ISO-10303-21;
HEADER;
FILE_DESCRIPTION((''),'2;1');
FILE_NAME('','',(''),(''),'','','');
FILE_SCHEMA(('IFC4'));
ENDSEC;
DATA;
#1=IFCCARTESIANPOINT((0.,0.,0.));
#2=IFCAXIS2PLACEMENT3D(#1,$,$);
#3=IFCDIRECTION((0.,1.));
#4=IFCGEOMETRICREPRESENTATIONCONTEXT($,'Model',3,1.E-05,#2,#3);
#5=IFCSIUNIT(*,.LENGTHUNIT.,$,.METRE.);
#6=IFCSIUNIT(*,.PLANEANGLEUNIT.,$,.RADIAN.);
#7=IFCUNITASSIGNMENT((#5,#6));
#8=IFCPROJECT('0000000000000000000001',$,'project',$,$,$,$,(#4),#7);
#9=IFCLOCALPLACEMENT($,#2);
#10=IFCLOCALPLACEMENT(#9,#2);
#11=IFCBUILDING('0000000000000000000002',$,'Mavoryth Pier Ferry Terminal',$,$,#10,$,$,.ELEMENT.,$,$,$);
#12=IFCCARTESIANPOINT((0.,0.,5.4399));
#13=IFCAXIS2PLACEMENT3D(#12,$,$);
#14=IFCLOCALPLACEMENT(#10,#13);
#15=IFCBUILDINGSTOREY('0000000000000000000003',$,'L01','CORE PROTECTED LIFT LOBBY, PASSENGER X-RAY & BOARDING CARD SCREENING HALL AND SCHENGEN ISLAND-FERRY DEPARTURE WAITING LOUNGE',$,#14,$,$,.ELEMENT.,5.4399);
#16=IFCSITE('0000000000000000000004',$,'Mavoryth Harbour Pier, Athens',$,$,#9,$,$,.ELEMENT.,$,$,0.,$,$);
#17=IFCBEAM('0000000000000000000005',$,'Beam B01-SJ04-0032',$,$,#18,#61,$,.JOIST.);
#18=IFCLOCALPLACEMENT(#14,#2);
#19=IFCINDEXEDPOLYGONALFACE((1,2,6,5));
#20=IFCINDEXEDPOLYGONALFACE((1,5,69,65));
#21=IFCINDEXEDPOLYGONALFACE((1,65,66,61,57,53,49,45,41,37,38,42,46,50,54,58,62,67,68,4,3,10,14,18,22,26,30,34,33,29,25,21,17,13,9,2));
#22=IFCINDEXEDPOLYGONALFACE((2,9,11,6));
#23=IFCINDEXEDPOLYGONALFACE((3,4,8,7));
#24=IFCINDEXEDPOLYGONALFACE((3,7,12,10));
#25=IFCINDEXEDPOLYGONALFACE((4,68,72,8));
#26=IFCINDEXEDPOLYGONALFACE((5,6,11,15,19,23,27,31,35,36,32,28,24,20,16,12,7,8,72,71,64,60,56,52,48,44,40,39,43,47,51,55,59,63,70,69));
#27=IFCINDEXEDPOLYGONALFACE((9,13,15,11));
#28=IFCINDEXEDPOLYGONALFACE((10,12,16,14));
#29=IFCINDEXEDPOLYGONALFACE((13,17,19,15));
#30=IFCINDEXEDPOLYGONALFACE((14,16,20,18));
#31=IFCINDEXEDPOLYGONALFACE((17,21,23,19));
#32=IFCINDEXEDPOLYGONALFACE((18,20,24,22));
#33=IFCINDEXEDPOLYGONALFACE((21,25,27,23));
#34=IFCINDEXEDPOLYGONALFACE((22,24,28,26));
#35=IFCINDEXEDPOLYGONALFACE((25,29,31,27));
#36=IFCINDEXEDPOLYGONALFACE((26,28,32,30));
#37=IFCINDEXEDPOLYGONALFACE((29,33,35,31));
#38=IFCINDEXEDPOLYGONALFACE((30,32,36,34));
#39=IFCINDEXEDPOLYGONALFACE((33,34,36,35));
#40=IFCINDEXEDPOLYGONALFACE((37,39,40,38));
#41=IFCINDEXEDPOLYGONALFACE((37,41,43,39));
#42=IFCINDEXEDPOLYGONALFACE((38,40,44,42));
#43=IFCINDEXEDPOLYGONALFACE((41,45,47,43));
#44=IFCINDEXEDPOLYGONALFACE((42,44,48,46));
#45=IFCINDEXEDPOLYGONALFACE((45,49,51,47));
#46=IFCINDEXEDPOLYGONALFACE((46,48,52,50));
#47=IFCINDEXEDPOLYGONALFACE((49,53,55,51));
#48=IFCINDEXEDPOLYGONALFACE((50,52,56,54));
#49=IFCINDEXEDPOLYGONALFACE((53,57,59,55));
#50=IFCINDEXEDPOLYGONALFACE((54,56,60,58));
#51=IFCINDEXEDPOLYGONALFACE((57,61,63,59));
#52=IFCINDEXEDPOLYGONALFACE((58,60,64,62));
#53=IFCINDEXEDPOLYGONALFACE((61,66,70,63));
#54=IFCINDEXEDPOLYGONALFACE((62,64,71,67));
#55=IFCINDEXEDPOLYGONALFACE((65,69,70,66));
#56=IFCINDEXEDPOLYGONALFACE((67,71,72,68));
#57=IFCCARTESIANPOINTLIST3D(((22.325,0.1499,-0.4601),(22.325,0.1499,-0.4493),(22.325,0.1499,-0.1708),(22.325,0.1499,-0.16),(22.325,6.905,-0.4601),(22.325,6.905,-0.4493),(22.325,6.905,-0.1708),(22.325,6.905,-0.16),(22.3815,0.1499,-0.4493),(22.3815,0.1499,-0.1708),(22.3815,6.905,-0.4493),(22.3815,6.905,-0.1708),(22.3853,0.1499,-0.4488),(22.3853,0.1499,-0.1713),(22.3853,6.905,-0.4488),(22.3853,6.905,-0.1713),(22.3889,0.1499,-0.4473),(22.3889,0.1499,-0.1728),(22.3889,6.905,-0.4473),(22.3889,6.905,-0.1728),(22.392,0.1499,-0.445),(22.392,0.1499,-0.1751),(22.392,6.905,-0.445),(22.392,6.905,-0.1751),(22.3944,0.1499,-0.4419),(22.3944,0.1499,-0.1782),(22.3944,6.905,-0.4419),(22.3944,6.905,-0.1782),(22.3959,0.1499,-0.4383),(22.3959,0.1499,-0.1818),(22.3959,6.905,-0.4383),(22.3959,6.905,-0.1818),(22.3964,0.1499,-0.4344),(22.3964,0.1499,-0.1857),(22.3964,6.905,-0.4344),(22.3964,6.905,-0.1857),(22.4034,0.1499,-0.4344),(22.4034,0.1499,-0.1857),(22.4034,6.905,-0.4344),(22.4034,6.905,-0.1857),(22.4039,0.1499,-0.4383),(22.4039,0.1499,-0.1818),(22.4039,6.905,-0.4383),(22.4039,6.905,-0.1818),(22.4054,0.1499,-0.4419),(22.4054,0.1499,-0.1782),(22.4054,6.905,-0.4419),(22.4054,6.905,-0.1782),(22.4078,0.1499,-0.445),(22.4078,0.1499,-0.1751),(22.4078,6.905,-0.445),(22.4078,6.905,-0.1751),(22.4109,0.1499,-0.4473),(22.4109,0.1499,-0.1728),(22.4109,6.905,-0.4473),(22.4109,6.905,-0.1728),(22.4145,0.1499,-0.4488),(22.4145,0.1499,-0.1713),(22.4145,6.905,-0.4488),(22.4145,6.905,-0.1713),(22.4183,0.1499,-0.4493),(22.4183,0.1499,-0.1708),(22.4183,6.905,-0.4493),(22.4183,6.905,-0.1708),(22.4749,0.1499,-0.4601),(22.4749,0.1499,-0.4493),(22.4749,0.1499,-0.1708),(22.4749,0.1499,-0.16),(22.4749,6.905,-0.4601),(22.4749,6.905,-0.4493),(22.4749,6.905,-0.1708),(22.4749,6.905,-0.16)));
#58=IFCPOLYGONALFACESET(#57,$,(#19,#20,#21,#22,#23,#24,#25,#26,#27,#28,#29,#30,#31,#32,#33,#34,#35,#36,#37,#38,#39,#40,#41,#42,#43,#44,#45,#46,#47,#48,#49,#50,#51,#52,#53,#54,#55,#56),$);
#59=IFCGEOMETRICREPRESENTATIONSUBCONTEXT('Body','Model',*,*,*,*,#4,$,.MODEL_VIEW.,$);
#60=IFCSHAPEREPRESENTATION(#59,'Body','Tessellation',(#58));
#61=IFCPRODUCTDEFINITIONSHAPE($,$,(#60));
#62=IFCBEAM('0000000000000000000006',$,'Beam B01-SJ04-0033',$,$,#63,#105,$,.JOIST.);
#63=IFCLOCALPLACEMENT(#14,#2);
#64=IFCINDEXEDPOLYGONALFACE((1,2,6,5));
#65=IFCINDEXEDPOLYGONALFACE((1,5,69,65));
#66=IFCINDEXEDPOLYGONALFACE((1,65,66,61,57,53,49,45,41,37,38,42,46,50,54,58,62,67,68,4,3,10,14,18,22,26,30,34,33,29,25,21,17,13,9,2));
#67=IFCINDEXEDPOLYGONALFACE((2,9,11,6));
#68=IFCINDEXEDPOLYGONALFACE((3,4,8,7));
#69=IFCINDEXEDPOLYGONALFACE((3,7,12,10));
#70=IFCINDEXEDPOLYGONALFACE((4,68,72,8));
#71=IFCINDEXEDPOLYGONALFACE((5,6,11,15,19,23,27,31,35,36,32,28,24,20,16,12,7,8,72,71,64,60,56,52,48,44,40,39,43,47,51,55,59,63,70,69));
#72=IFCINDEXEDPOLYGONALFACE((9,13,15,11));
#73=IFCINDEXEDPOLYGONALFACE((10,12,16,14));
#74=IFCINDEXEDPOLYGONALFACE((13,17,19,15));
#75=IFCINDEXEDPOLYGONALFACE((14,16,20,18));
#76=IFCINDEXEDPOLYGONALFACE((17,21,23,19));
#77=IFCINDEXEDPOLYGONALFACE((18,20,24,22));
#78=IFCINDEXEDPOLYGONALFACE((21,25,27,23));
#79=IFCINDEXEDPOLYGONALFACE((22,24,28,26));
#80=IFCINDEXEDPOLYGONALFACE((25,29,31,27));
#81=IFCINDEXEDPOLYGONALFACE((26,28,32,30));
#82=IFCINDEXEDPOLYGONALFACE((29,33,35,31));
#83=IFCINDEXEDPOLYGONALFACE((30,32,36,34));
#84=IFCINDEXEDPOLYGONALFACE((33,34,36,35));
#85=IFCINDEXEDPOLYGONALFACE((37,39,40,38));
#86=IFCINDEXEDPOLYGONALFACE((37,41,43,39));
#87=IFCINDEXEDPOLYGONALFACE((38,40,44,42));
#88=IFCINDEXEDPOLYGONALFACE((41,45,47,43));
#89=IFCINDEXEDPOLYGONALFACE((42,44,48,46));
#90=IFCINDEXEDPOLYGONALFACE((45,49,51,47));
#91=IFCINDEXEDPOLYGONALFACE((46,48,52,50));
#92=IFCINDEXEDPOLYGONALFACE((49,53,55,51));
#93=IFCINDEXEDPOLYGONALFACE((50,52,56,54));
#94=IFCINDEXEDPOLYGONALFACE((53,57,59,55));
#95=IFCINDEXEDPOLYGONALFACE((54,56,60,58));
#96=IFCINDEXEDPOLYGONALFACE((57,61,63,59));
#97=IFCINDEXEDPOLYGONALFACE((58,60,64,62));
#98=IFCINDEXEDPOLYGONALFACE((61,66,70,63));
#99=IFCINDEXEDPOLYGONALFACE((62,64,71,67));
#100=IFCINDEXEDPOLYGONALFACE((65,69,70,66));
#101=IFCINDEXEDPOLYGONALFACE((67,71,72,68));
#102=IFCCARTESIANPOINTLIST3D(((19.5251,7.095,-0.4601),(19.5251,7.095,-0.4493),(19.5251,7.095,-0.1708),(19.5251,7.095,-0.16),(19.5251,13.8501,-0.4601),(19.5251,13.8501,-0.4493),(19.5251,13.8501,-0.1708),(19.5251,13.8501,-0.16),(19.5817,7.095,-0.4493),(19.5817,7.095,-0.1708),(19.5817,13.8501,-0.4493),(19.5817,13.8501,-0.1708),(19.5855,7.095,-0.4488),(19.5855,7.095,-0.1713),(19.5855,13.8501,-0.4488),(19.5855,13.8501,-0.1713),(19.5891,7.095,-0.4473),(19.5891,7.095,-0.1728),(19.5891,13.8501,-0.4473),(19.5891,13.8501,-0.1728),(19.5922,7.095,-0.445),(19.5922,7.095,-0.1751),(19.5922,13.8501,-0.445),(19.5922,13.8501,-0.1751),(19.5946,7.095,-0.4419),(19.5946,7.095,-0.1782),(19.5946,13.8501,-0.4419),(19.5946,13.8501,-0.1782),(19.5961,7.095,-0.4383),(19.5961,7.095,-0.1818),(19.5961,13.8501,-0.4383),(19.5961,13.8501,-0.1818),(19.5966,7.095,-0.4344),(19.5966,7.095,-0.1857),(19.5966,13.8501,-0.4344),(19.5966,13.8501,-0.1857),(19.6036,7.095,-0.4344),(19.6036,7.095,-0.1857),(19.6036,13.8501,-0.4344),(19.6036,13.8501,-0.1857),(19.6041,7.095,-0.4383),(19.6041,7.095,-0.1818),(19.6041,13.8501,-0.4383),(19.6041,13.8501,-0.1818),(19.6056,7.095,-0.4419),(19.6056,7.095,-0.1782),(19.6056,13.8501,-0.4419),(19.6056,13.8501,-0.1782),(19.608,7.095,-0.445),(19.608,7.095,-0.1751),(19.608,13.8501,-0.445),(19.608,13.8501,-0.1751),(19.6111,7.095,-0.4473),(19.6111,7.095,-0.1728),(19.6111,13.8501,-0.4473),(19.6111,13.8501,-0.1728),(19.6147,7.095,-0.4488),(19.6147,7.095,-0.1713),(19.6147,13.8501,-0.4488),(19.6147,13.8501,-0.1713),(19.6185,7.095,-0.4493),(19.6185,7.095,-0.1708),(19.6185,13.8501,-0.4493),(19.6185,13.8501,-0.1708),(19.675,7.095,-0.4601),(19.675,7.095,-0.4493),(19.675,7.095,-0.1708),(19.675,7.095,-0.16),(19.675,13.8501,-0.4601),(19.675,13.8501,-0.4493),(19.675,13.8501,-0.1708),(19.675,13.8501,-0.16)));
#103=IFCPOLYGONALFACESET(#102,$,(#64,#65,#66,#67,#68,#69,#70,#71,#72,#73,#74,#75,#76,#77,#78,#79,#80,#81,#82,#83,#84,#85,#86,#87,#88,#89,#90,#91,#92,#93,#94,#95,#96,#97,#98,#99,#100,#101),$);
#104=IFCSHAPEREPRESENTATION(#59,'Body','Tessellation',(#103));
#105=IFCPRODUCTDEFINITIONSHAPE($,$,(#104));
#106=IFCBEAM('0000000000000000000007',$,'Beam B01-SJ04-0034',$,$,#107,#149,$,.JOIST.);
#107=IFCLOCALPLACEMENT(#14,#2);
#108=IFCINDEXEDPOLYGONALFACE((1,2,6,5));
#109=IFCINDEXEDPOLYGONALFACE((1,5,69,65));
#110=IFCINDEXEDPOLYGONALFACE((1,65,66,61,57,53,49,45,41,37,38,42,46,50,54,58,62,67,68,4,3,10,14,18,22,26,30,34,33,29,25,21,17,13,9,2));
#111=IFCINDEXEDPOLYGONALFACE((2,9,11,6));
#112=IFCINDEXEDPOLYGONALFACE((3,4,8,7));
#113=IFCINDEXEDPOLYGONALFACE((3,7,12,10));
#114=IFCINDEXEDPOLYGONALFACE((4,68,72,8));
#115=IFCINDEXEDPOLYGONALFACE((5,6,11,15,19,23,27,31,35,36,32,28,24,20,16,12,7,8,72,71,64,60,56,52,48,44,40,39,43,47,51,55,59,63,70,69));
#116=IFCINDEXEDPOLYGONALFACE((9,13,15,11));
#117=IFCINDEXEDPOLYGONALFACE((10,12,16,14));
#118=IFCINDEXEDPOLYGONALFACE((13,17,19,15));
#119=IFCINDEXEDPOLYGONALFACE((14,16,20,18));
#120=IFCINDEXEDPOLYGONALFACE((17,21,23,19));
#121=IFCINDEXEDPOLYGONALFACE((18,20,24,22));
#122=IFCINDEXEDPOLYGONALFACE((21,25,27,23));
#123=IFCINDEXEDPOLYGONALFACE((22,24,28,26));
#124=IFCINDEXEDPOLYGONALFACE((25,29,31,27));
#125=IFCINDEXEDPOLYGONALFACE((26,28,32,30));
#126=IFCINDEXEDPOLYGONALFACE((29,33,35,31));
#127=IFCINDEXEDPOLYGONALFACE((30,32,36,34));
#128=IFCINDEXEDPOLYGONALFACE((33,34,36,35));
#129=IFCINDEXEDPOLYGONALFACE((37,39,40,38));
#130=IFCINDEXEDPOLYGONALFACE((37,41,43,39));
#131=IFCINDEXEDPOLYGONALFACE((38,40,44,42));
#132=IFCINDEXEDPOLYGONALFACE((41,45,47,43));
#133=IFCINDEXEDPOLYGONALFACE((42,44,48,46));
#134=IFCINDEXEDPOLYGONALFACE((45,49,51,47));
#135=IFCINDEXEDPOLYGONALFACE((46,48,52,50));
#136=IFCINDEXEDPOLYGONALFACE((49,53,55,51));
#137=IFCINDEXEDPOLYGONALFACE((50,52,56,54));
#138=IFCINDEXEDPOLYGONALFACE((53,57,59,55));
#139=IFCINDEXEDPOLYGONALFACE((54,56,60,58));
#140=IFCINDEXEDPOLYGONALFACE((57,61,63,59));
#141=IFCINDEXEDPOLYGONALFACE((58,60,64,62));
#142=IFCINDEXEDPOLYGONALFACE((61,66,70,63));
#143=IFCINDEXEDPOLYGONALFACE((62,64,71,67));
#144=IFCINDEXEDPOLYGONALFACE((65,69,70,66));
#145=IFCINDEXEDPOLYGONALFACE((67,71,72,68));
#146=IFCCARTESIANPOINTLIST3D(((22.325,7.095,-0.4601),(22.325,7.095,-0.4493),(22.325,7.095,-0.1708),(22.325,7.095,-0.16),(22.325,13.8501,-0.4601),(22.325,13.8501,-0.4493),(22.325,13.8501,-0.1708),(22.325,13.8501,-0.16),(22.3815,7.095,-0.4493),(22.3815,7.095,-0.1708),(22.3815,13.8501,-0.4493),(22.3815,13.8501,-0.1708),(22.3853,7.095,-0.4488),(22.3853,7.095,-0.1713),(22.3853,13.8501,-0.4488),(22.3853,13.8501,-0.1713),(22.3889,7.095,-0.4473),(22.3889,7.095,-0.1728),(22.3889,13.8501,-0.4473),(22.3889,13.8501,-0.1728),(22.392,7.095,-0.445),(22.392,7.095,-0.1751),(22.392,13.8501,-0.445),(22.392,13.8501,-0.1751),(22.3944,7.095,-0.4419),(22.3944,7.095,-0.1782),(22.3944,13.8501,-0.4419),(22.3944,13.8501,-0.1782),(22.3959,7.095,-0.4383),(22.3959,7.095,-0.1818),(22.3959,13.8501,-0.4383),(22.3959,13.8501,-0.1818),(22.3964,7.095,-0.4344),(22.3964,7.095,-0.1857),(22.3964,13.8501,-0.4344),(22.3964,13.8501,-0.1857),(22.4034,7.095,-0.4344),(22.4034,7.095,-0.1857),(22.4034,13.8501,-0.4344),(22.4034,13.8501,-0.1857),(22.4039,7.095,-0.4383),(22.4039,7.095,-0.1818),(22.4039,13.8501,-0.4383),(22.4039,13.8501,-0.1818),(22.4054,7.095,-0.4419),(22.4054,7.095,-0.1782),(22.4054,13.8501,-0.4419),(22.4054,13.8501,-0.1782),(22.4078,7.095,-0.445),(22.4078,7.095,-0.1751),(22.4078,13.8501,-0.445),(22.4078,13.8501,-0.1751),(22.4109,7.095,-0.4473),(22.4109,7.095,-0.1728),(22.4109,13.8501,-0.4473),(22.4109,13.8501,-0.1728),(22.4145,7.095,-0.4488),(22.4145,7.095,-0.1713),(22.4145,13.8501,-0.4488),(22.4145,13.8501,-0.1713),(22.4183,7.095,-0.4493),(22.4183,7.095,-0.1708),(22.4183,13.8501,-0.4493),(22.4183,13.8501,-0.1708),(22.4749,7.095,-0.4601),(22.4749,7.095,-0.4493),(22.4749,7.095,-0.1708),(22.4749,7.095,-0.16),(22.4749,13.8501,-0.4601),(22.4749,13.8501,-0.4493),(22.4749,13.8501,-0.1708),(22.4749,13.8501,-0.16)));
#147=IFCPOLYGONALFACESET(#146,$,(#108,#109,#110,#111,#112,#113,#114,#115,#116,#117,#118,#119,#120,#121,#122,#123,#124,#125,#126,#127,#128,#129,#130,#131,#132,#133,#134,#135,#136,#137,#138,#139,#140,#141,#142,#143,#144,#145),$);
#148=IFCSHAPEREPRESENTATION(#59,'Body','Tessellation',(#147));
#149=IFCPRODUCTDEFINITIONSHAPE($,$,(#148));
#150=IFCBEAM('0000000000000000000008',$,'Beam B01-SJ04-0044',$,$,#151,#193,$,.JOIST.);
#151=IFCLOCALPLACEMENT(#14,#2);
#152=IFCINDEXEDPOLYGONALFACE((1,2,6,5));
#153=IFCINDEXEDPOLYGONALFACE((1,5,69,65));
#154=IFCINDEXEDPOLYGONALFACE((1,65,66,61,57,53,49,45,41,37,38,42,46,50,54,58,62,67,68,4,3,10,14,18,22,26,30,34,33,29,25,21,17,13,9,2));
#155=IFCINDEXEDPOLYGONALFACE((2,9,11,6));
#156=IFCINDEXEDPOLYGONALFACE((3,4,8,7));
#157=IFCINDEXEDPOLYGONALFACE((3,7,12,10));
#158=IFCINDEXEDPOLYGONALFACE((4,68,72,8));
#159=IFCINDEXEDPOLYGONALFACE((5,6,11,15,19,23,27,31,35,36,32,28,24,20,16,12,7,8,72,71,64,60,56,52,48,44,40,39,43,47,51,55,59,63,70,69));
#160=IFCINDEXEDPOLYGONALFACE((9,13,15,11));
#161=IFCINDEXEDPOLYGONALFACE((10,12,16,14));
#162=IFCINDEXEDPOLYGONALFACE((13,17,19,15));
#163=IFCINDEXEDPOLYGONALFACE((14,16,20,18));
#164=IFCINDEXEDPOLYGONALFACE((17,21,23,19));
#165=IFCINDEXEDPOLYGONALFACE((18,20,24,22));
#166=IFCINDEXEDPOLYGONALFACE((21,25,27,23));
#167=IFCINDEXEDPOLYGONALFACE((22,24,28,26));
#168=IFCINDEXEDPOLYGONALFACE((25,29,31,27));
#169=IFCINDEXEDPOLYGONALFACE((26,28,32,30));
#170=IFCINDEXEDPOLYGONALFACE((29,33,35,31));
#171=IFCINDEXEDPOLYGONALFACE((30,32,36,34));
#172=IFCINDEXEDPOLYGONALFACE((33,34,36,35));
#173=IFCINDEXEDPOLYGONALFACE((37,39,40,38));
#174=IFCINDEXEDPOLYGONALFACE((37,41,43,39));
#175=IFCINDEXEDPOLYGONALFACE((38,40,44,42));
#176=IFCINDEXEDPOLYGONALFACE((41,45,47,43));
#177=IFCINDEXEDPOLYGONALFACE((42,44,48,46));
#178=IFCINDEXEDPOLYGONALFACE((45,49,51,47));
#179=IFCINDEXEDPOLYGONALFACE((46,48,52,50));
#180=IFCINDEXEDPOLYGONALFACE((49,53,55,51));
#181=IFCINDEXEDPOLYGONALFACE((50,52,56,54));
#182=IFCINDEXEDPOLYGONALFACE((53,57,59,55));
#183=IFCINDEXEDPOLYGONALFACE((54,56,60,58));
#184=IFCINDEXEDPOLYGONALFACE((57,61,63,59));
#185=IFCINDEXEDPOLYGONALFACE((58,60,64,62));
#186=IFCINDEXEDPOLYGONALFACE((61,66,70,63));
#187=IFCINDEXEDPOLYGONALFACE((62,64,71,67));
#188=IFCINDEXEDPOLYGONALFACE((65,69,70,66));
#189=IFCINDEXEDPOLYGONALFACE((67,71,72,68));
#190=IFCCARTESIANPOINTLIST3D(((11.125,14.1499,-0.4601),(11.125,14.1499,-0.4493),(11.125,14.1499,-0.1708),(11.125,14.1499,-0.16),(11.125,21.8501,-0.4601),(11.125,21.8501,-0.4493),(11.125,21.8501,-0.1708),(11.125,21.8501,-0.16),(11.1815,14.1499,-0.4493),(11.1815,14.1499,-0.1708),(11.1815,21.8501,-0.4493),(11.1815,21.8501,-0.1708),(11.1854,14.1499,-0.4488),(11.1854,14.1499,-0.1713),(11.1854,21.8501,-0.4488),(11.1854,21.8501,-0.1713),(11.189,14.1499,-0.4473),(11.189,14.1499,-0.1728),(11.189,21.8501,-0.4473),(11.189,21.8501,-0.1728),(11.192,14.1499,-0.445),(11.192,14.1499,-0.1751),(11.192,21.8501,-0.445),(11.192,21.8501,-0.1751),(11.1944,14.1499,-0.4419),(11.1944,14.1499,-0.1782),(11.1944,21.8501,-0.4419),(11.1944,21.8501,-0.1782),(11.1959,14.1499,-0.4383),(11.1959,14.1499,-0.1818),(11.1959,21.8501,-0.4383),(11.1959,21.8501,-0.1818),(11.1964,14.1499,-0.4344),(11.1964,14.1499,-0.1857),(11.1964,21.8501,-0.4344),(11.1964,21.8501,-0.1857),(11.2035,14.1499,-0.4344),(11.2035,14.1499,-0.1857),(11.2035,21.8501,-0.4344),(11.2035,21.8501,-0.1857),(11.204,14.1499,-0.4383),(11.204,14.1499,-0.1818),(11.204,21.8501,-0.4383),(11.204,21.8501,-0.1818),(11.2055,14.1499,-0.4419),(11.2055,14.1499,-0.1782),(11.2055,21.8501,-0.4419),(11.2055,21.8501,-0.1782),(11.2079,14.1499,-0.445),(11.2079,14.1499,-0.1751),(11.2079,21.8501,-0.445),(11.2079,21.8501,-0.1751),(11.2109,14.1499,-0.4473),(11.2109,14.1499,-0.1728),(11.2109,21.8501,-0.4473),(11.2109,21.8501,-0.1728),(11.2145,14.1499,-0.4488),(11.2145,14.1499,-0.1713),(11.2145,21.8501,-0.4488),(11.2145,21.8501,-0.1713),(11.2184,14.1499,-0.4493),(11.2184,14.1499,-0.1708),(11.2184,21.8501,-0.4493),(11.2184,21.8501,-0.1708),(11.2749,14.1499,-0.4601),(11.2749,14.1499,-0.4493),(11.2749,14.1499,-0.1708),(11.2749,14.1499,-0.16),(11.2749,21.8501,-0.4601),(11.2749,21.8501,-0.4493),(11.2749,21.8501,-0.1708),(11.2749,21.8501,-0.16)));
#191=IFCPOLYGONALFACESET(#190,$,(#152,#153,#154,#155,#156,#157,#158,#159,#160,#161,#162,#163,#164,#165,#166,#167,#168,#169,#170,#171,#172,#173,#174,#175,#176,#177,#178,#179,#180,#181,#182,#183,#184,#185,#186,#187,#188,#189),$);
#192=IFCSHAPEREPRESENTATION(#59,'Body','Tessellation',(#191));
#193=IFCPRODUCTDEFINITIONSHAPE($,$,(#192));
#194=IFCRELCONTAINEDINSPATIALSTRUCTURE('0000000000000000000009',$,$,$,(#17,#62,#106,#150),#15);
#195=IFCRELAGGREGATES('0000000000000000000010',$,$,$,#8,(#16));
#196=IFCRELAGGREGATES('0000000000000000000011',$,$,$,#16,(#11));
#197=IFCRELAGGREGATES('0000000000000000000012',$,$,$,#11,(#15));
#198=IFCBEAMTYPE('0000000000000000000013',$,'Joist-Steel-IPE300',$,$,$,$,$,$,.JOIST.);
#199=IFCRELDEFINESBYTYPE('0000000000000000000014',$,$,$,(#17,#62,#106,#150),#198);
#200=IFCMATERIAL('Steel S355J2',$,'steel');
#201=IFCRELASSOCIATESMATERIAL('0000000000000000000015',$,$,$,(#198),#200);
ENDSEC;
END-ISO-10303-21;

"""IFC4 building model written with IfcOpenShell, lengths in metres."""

from ifc_helpers import new_model, si_unit, direction, frame, origin, origin_2d, place, context, subcontext, project, spatial, i_section, extrude, material, material_profile, profile_set, type_object, element, save


model = new_model("IFC4")

# Units and contexts
model_context = context("Model", 3, precision=1e-05, world=origin(), true_north=direction((0.0, 1.0)))
body_context = subcontext(model_context, "Body", "Model", "MODEL_VIEW")
ifc_project = project(units=[si_unit("LENGTHUNIT", "METRE"), si_unit("PLANEANGLEUNIT", "RADIAN")], contexts=[model_context])

# Site, building, storey
site_placement = place(None, origin())
site = spatial("IfcSite", under=ifc_project, at=site_placement, Name="Mavoryth Harbour Pier, Athens", CompositionType="ELEMENT", RefElevation=0.0)
building_placement = place(site_placement, origin())
building = spatial("IfcBuilding", under=site, at=building_placement, Name="Mavoryth Pier Ferry Terminal", CompositionType="ELEMENT")
storey_placement = place(building_placement, frame((0.0, 0.0, 5.4399)))
storey = spatial("IfcBuildingStorey", under=building, at=storey_placement, Name="L01", Description="CORE PROTECTED LIFT LOBBY, PASSENGER X-RAY & BOARDING CARD SCREENING HALL AND SCHENGEN ISLAND-FERRY DEPARTURE WAITING LOUNGE", CompositionType="ELEMENT", Elevation=5.4399)

# Beams
ifc_material_1 = material(Name="Steel S355J2", Category="steel")
ifc_material_profile_1 = material_profile(ifc_material_1, i_section(OverallWidth=0.1499, OverallDepth=0.3, WebThickness=0.0071, FlangeThickness=0.0107, FilletRadius=0.0149, at=origin_2d()), Name="IPE 300", Category="steel")
ifc_profile_set_1 = profile_set([ifc_material_profile_1], Name="Steel S355J2 - IPE 300")
beam_type_1 = type_object("IfcBeamType", Name="Joist-Steel-IPE300", PredefinedType="JOIST", material=ifc_profile_set_1)
for number, where, z_axis, x_axis, name in (
    (1, (22.3999, 0.1499, -0.3101), (0.0, 1.0, 0.0), (-1.0, 0.0, 0.0), "Beam B01-SJ04-0032"),
    (2, (19.6001, 7.095, -0.3101), (0.0, 1.0, 0.0), (-1.0, 0.0, 0.0), "Beam B01-SJ04-0033"),
    (3, (22.3999, 7.095, -0.3101), (0.0, 1.0, 0.0), (-1.0, 0.0, 0.0), "Beam B01-SJ04-0034"),
):
    element("IfcBeam", number, at=place(storey_placement, frame(where, z_axis=z_axis, x_axis=x_axis)), inside=storey, type_object=beam_type_1, Name=name, PredefinedType="JOIST", context=body_context, shape_type="SweptSolid", body=[
        extrude(i_section(OverallWidth=0.1499, OverallDepth=0.3, WebThickness=0.0071, FlangeThickness=0.0107, FilletRadius=0.0149, at=origin_2d()), origin(), (0.0, 0.0, 1.0), 6.7551),
    ])
for number, where, z_axis, x_axis, name in (
    (4, (11.2, 14.1499, -0.3101), (0.0, 1.0, 0.0), (-1.0, 0.0, 0.0), "Beam B01-SJ04-0044"),
):
    element("IfcBeam", number, at=place(storey_placement, frame(where, z_axis=z_axis, x_axis=x_axis)), inside=storey, type_object=beam_type_1, Name=name, PredefinedType="JOIST", context=body_context, shape_type="SweptSolid", body=[
        extrude(i_section(OverallWidth=0.1499, OverallDepth=0.3, WebThickness=0.0071, FlangeThickness=0.0107, FilletRadius=0.0149, at=origin_2d()), origin(), (0.0, 0.0, 1.0), 7.7002),
    ])

save(model, "model.ifc")
